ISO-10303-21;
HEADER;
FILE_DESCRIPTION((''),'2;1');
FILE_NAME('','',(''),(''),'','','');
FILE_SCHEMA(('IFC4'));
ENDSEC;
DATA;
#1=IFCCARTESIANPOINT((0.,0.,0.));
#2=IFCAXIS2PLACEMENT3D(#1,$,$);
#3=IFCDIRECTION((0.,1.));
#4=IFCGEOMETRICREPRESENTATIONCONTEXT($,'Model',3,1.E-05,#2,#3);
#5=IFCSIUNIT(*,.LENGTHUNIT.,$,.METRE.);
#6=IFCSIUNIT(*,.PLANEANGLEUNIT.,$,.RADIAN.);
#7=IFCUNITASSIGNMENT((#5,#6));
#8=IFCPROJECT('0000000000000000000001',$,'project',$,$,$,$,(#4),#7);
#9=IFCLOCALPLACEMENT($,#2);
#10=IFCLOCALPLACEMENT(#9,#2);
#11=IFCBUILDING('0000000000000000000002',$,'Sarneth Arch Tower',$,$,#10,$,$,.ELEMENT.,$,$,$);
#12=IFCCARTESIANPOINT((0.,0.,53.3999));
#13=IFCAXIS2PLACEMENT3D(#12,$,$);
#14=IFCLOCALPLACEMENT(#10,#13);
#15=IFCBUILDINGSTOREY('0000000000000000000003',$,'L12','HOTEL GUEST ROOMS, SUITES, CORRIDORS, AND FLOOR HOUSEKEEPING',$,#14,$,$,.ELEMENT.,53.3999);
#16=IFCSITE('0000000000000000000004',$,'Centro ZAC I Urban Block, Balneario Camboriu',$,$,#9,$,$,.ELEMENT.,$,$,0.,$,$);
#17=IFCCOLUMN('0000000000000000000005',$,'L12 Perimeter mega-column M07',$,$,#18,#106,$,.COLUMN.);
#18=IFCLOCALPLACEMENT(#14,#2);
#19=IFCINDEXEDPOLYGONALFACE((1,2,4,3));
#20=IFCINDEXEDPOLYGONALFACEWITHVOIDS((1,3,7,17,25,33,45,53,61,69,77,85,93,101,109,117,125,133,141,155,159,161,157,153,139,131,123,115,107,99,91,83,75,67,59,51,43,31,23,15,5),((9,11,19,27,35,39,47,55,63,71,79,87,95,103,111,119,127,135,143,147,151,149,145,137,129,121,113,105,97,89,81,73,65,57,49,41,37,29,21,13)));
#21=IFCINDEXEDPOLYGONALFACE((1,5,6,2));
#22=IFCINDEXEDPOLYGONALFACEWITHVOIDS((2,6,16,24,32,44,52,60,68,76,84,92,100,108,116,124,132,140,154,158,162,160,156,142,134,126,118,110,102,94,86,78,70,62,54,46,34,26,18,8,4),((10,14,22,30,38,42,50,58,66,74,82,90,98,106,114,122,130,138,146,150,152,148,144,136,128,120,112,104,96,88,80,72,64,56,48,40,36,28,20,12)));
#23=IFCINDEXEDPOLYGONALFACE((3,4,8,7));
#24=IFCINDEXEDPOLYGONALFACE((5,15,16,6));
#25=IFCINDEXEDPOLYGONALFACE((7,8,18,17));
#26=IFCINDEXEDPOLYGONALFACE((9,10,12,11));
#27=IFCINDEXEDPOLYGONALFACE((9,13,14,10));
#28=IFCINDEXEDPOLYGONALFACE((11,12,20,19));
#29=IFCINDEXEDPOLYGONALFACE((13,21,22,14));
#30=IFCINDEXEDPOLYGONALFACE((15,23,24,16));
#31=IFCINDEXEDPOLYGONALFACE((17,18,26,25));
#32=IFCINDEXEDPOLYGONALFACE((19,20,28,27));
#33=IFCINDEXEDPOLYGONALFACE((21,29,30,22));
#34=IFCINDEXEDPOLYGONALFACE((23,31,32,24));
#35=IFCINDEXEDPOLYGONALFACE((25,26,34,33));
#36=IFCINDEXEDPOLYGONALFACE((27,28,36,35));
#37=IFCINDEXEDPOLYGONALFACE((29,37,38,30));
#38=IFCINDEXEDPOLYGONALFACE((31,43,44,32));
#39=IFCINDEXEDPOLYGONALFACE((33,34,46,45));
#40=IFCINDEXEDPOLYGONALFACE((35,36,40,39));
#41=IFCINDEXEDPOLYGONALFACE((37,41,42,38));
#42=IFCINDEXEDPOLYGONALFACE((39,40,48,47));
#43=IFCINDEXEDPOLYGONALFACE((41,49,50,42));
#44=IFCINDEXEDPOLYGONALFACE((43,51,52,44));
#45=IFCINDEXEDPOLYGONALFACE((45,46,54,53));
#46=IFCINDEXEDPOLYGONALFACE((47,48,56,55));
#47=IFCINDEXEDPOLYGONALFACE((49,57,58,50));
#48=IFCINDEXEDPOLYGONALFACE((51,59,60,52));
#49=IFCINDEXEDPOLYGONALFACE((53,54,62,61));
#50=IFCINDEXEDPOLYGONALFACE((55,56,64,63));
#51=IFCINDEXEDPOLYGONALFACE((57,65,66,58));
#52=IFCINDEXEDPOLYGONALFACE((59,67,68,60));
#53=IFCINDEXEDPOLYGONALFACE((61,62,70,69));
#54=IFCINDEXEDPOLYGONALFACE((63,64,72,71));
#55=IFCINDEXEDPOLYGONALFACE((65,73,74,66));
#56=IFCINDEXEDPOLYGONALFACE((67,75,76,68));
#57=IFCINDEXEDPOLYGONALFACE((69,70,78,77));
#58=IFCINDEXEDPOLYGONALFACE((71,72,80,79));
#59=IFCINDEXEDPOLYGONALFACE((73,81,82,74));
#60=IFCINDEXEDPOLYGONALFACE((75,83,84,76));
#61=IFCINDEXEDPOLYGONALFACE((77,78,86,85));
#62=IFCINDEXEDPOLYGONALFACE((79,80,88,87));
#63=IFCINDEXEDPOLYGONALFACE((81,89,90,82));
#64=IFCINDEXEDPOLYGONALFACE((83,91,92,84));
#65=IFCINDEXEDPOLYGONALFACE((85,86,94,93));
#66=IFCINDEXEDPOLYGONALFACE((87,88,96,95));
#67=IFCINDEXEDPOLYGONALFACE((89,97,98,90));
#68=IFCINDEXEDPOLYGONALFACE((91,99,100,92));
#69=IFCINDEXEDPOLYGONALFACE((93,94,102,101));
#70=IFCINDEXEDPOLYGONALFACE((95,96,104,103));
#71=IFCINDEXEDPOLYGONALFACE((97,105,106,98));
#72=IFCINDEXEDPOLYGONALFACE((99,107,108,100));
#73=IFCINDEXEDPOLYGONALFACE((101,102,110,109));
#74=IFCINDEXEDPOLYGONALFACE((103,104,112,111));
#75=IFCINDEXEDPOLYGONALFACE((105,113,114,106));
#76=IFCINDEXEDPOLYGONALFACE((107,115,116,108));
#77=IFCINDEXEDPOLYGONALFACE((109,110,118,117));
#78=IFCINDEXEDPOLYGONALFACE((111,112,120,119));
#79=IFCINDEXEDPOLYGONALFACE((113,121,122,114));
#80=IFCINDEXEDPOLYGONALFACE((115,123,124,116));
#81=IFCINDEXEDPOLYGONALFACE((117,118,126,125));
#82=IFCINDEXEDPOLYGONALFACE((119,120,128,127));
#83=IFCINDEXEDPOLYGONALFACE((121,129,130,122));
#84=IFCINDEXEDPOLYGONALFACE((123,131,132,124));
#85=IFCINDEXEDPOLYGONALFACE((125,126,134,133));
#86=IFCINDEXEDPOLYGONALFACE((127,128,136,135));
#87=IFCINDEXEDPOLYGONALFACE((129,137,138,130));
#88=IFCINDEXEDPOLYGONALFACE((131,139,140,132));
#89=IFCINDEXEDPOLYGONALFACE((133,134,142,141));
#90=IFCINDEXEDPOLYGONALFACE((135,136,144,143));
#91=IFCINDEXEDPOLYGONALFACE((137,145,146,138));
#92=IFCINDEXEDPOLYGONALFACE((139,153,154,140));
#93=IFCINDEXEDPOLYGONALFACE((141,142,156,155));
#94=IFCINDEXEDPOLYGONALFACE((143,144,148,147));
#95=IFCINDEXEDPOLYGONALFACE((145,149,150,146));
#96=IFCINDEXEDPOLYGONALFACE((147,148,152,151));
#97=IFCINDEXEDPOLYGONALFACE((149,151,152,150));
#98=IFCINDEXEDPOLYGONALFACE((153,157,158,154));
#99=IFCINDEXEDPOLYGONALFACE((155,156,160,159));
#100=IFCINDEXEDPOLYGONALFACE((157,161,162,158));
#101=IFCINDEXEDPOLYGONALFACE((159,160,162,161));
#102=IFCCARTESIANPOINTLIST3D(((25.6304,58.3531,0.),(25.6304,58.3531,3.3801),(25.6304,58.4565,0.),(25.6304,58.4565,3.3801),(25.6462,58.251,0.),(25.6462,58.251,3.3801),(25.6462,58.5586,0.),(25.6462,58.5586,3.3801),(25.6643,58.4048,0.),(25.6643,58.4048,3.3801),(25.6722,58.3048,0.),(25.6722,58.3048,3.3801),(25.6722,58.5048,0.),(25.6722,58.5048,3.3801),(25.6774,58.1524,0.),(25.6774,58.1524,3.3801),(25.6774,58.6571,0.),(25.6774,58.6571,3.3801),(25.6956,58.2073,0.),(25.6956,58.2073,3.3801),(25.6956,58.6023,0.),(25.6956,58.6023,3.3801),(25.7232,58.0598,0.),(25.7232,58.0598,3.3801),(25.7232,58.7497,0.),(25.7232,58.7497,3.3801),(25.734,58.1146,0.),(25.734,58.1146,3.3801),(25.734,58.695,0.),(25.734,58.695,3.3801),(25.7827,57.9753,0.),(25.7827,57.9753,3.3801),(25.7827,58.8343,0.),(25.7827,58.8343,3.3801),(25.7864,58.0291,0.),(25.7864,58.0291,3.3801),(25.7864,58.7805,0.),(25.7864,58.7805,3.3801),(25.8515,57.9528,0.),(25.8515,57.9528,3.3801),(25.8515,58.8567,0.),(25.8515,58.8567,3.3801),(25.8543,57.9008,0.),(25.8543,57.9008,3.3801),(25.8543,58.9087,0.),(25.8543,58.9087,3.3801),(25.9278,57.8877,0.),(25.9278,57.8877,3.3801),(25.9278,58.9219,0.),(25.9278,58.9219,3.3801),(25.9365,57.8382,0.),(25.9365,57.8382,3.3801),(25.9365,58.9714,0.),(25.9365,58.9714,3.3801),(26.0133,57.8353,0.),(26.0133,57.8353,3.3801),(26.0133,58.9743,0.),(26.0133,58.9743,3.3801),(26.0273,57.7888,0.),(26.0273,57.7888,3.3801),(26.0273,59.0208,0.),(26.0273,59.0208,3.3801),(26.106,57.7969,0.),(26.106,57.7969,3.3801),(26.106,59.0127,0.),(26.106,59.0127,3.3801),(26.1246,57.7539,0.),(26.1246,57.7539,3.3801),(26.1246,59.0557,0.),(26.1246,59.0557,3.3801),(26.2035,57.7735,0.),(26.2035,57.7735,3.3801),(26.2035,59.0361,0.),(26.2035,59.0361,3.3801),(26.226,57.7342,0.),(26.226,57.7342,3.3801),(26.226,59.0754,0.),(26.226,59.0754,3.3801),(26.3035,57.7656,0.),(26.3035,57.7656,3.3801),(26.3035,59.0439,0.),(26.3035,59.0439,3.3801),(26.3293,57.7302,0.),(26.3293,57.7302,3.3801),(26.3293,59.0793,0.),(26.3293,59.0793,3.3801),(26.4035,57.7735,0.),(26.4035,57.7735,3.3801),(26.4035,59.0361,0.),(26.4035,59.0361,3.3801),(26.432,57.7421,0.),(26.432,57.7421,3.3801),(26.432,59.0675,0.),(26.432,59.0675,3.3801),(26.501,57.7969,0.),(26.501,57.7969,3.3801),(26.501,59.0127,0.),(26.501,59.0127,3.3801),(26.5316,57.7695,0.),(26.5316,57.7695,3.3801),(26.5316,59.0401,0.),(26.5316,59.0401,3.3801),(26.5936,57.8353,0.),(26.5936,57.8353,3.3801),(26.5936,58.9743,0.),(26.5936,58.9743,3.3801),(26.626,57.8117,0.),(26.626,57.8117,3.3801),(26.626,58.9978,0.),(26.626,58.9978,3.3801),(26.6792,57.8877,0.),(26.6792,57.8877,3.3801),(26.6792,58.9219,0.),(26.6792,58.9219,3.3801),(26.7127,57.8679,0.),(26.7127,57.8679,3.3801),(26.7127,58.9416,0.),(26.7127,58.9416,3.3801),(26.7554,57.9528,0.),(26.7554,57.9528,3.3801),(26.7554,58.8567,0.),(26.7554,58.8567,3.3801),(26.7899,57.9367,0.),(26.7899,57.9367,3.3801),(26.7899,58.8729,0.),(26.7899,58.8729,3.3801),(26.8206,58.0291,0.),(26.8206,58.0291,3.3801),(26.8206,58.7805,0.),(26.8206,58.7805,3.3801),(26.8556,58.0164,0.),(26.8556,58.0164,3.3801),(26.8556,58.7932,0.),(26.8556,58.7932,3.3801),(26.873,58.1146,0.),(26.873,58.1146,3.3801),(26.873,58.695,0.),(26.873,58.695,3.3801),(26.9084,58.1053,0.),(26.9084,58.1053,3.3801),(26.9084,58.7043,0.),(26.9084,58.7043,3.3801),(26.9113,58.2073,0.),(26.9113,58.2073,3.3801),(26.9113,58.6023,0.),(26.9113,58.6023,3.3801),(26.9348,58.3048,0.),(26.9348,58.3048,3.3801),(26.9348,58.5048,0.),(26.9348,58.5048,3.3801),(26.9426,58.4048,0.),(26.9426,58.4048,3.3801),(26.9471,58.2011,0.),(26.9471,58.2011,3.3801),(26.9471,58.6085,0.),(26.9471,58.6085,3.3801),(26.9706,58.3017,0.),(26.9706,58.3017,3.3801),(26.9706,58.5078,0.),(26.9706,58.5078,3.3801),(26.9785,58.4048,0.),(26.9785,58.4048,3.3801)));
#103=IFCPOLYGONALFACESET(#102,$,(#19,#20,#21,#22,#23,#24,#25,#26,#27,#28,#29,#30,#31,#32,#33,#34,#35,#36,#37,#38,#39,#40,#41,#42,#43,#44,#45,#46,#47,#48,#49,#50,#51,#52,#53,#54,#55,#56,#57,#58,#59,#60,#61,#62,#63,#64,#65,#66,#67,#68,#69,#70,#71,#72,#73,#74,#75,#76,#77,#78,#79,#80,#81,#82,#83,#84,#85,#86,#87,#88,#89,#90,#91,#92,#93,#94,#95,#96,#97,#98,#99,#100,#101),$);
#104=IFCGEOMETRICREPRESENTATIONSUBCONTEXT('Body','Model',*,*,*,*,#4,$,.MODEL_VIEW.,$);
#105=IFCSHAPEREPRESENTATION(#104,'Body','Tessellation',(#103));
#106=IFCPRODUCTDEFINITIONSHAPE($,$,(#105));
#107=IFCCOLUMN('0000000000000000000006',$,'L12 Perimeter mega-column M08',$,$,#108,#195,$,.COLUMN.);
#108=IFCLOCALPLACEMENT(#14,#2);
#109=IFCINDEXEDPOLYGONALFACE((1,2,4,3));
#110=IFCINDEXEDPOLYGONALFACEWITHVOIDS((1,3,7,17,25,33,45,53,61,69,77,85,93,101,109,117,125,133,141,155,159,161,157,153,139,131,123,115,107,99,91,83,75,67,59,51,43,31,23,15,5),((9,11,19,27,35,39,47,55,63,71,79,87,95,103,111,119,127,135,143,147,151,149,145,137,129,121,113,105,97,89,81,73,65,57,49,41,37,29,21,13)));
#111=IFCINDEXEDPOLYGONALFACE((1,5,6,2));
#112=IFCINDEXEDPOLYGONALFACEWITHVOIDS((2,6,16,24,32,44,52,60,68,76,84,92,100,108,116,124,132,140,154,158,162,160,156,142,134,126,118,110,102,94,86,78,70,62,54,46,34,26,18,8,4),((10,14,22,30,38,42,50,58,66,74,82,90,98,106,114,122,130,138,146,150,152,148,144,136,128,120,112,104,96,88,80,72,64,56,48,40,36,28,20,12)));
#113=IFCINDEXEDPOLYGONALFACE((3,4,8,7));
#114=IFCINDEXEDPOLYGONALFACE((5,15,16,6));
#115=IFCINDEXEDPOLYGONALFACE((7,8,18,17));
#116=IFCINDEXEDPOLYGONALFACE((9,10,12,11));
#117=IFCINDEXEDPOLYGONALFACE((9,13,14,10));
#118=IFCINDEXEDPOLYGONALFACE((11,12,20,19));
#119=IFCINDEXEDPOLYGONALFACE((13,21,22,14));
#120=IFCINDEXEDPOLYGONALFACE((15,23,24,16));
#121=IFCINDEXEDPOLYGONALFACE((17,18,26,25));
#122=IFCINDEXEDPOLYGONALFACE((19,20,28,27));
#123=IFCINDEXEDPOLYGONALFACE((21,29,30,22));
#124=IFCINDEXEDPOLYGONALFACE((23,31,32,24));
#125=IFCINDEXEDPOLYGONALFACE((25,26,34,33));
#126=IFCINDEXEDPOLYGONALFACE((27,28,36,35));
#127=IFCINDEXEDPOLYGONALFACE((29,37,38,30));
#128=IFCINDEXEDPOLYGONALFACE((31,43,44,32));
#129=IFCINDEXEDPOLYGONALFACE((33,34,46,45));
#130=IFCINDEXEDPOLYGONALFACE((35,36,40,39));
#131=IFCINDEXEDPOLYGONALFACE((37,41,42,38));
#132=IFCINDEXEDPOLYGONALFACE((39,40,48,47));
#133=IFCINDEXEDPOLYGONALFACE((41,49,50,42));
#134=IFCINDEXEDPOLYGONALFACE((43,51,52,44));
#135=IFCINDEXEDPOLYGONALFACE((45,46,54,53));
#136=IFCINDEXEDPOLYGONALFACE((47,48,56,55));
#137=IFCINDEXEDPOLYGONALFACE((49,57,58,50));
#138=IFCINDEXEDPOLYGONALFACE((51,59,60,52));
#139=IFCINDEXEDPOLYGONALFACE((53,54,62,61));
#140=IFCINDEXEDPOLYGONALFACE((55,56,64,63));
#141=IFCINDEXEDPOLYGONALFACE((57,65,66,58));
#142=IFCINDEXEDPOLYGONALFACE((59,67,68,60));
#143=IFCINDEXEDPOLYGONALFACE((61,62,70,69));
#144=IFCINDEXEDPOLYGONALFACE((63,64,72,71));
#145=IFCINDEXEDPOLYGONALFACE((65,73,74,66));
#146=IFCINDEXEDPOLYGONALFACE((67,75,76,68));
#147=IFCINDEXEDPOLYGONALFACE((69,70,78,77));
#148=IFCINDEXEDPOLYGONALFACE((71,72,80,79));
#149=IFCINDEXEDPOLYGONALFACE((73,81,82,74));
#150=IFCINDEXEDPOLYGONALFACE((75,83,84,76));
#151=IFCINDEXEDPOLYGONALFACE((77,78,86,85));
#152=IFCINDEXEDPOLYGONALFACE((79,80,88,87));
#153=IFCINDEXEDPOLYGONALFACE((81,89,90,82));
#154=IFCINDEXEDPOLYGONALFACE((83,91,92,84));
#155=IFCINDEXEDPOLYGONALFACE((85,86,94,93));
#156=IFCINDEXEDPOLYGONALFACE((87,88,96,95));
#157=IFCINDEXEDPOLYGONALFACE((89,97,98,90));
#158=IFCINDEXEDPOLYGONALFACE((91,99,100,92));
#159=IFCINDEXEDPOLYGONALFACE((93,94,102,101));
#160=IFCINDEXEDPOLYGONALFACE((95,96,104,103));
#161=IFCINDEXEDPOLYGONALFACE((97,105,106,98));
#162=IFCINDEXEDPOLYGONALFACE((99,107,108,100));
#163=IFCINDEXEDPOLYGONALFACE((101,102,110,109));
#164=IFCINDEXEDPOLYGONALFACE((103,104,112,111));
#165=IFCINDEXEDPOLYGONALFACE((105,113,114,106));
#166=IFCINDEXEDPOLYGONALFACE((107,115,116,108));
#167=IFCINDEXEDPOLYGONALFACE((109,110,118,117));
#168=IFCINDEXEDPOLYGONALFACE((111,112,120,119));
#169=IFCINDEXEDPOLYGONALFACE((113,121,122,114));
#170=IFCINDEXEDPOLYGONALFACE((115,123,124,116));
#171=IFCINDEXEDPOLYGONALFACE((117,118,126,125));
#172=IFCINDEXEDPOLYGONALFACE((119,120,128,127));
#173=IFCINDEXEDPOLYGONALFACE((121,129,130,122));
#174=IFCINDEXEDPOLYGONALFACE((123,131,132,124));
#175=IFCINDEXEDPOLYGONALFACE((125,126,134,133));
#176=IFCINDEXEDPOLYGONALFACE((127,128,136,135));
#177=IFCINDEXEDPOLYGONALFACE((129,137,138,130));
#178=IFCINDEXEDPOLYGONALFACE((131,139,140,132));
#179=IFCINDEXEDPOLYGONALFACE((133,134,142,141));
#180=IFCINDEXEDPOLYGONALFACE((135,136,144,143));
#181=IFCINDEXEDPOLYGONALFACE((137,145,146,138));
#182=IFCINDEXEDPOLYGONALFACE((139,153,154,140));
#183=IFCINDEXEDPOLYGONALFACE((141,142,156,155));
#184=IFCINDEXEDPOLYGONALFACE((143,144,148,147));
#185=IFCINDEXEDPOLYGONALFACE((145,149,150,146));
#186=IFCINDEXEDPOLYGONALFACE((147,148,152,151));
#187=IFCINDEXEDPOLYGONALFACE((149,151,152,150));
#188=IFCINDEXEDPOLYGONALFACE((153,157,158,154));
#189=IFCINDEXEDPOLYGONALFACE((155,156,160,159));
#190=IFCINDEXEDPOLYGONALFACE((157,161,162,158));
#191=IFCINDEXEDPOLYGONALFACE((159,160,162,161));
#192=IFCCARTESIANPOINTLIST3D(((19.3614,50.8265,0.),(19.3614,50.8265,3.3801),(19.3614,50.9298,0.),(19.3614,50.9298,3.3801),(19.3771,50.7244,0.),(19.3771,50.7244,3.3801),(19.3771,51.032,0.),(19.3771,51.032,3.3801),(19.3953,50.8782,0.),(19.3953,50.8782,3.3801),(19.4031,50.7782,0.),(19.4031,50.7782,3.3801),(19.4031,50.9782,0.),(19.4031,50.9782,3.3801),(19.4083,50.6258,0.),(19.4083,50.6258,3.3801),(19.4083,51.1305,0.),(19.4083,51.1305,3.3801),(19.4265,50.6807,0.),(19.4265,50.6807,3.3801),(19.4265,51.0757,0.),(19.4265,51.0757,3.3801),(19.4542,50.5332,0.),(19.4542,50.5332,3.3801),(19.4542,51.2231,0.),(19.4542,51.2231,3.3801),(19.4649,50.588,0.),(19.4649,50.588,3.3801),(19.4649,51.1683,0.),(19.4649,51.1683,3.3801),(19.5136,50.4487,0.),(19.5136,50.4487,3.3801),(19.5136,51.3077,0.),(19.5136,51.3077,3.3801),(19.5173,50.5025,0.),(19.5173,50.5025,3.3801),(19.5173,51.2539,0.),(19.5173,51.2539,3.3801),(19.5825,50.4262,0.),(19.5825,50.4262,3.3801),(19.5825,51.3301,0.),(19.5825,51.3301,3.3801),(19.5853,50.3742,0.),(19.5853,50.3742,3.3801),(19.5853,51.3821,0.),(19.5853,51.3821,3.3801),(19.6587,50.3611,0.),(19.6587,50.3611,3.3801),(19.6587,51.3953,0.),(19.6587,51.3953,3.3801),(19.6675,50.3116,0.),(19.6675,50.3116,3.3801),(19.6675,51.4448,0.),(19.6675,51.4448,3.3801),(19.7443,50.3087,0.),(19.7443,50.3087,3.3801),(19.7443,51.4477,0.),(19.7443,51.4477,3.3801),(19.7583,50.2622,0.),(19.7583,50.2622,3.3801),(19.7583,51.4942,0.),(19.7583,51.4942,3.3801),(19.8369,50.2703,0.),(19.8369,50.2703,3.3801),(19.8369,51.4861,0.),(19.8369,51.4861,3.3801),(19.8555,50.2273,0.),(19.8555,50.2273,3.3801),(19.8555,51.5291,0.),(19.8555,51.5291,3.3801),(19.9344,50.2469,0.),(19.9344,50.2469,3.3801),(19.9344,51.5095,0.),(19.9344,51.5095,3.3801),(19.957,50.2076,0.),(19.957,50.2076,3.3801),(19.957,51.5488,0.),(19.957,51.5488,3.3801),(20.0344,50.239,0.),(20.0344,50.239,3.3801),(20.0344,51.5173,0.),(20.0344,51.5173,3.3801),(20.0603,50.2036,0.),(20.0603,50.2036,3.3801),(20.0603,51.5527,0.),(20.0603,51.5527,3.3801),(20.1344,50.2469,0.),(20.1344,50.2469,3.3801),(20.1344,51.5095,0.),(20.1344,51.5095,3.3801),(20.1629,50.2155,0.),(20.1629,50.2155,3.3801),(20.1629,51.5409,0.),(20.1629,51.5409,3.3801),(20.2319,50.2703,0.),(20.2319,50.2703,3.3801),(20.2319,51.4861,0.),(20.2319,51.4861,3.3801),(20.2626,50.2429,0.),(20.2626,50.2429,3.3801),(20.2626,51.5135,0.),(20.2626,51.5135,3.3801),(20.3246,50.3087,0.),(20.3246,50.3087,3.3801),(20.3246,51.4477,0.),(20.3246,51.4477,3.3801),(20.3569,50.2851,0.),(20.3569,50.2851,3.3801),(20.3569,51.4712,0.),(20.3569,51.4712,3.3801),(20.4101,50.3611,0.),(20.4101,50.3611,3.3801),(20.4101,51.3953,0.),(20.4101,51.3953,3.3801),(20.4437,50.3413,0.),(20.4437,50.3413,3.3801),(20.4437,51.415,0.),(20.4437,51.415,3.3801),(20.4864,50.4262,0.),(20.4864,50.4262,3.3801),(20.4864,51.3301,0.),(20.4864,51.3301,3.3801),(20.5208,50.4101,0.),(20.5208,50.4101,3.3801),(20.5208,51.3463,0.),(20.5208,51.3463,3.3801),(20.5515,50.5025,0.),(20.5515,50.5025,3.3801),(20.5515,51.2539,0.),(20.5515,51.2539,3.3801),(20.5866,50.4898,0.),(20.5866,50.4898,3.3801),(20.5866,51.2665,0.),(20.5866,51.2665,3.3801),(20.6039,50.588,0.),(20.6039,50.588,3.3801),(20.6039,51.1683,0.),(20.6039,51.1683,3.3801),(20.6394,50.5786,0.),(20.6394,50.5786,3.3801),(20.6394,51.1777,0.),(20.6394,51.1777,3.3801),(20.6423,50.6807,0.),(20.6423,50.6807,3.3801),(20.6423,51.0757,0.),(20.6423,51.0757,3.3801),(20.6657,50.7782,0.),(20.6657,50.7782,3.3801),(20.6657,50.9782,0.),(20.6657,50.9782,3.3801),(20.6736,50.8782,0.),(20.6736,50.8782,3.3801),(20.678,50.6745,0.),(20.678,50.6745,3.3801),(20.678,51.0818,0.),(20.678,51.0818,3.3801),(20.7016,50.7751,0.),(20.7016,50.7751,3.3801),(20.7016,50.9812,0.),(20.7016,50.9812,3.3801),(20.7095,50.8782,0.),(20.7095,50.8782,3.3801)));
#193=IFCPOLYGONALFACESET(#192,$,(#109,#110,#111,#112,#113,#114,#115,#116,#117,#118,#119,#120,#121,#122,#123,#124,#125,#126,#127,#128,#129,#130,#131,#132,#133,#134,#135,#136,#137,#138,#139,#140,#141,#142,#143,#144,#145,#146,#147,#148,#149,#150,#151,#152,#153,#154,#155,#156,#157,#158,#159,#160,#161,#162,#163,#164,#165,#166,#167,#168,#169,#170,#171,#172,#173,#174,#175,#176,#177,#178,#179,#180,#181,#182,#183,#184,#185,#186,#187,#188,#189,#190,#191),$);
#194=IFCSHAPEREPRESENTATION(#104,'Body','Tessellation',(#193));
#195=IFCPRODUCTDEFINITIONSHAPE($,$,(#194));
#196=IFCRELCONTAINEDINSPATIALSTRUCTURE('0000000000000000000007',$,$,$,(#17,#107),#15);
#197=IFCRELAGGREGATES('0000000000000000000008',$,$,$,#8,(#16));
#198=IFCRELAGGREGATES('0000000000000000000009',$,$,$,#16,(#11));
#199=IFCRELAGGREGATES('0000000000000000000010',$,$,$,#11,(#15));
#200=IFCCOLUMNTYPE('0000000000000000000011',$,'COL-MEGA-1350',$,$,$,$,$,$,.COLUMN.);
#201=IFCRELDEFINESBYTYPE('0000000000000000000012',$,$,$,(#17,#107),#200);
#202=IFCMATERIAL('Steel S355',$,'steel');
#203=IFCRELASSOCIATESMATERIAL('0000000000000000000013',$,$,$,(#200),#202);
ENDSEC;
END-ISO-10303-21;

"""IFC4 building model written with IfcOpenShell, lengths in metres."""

from ifc_helpers import new_model, si_unit, direction, frame, origin, origin_2d, place, context, subcontext, project, spatial, hollow_circle, extrude, material, material_profile, profile_set, type_object, element, save


model = new_model("IFC4")

# Units and contexts
model_context = context("Model", 3, precision=1e-05, world=origin(), true_north=direction((0.0, 1.0)))
body_context = subcontext(model_context, "Body", "Model", "MODEL_VIEW")
ifc_project = project(units=[si_unit("LENGTHUNIT", "METRE"), si_unit("PLANEANGLEUNIT", "RADIAN")], contexts=[model_context])

# Site, building, storey
site_placement = place(None, origin())
site = spatial("IfcSite", under=ifc_project, at=site_placement, Name="Centro ZAC I Urban Block, Balneario Camboriu", CompositionType="ELEMENT", RefElevation=0.0)
building_placement = place(site_placement, origin())
building = spatial("IfcBuilding", under=site, at=building_placement, Name="Sarneth Arch Tower", CompositionType="ELEMENT")
storey_placement = place(building_placement, frame((0.0, 0.0, 53.3999)))
storey = spatial("IfcBuildingStorey", under=building, at=storey_placement, Name="L12", Description="HOTEL GUEST ROOMS, SUITES, CORRIDORS, AND FLOOR HOUSEKEEPING", CompositionType="ELEMENT", Elevation=53.3999)

# Columns
ifc_material_1 = material(Name="Steel S355", Category="steel")
ifc_material_profile_1 = material_profile(ifc_material_1, hollow_circle(Radius=0.675, WallThickness=0.0359, at=origin_2d()), Name="CHS1350x36")
ifc_profile_set_1 = profile_set([ifc_material_profile_1], Name="Steel S355")
column_type = type_object("IfcColumnType", Name="COL-MEGA-1350", PredefinedType="COLUMN", material=ifc_profile_set_1)
for number, where, z_axis, x_axis, name in (
    (1, (26.3035, 58.4048, 0.0), (0.0, 0.0, 1.0), (1.0, 0.0, 0.0), "L12 Perimeter mega-column M07"),
    (2, (20.0344, 50.8782, 0.0), (0.0, 0.0, 1.0), (1.0, 0.0, 0.0), "L12 Perimeter mega-column M08"),
):
    element("IfcColumn", number, at=place(storey_placement, frame(where, z_axis=z_axis, x_axis=x_axis)), inside=storey, type_object=column_type, Name=name, PredefinedType="COLUMN", context=body_context, shape_type="SweptSolid", body=[
        extrude(hollow_circle(Radius=0.675, WallThickness=0.0359, at=origin_2d()), origin(), (0.0, 0.0, 1.0), 3.3801),
    ])

save(model, "model.ifc")
